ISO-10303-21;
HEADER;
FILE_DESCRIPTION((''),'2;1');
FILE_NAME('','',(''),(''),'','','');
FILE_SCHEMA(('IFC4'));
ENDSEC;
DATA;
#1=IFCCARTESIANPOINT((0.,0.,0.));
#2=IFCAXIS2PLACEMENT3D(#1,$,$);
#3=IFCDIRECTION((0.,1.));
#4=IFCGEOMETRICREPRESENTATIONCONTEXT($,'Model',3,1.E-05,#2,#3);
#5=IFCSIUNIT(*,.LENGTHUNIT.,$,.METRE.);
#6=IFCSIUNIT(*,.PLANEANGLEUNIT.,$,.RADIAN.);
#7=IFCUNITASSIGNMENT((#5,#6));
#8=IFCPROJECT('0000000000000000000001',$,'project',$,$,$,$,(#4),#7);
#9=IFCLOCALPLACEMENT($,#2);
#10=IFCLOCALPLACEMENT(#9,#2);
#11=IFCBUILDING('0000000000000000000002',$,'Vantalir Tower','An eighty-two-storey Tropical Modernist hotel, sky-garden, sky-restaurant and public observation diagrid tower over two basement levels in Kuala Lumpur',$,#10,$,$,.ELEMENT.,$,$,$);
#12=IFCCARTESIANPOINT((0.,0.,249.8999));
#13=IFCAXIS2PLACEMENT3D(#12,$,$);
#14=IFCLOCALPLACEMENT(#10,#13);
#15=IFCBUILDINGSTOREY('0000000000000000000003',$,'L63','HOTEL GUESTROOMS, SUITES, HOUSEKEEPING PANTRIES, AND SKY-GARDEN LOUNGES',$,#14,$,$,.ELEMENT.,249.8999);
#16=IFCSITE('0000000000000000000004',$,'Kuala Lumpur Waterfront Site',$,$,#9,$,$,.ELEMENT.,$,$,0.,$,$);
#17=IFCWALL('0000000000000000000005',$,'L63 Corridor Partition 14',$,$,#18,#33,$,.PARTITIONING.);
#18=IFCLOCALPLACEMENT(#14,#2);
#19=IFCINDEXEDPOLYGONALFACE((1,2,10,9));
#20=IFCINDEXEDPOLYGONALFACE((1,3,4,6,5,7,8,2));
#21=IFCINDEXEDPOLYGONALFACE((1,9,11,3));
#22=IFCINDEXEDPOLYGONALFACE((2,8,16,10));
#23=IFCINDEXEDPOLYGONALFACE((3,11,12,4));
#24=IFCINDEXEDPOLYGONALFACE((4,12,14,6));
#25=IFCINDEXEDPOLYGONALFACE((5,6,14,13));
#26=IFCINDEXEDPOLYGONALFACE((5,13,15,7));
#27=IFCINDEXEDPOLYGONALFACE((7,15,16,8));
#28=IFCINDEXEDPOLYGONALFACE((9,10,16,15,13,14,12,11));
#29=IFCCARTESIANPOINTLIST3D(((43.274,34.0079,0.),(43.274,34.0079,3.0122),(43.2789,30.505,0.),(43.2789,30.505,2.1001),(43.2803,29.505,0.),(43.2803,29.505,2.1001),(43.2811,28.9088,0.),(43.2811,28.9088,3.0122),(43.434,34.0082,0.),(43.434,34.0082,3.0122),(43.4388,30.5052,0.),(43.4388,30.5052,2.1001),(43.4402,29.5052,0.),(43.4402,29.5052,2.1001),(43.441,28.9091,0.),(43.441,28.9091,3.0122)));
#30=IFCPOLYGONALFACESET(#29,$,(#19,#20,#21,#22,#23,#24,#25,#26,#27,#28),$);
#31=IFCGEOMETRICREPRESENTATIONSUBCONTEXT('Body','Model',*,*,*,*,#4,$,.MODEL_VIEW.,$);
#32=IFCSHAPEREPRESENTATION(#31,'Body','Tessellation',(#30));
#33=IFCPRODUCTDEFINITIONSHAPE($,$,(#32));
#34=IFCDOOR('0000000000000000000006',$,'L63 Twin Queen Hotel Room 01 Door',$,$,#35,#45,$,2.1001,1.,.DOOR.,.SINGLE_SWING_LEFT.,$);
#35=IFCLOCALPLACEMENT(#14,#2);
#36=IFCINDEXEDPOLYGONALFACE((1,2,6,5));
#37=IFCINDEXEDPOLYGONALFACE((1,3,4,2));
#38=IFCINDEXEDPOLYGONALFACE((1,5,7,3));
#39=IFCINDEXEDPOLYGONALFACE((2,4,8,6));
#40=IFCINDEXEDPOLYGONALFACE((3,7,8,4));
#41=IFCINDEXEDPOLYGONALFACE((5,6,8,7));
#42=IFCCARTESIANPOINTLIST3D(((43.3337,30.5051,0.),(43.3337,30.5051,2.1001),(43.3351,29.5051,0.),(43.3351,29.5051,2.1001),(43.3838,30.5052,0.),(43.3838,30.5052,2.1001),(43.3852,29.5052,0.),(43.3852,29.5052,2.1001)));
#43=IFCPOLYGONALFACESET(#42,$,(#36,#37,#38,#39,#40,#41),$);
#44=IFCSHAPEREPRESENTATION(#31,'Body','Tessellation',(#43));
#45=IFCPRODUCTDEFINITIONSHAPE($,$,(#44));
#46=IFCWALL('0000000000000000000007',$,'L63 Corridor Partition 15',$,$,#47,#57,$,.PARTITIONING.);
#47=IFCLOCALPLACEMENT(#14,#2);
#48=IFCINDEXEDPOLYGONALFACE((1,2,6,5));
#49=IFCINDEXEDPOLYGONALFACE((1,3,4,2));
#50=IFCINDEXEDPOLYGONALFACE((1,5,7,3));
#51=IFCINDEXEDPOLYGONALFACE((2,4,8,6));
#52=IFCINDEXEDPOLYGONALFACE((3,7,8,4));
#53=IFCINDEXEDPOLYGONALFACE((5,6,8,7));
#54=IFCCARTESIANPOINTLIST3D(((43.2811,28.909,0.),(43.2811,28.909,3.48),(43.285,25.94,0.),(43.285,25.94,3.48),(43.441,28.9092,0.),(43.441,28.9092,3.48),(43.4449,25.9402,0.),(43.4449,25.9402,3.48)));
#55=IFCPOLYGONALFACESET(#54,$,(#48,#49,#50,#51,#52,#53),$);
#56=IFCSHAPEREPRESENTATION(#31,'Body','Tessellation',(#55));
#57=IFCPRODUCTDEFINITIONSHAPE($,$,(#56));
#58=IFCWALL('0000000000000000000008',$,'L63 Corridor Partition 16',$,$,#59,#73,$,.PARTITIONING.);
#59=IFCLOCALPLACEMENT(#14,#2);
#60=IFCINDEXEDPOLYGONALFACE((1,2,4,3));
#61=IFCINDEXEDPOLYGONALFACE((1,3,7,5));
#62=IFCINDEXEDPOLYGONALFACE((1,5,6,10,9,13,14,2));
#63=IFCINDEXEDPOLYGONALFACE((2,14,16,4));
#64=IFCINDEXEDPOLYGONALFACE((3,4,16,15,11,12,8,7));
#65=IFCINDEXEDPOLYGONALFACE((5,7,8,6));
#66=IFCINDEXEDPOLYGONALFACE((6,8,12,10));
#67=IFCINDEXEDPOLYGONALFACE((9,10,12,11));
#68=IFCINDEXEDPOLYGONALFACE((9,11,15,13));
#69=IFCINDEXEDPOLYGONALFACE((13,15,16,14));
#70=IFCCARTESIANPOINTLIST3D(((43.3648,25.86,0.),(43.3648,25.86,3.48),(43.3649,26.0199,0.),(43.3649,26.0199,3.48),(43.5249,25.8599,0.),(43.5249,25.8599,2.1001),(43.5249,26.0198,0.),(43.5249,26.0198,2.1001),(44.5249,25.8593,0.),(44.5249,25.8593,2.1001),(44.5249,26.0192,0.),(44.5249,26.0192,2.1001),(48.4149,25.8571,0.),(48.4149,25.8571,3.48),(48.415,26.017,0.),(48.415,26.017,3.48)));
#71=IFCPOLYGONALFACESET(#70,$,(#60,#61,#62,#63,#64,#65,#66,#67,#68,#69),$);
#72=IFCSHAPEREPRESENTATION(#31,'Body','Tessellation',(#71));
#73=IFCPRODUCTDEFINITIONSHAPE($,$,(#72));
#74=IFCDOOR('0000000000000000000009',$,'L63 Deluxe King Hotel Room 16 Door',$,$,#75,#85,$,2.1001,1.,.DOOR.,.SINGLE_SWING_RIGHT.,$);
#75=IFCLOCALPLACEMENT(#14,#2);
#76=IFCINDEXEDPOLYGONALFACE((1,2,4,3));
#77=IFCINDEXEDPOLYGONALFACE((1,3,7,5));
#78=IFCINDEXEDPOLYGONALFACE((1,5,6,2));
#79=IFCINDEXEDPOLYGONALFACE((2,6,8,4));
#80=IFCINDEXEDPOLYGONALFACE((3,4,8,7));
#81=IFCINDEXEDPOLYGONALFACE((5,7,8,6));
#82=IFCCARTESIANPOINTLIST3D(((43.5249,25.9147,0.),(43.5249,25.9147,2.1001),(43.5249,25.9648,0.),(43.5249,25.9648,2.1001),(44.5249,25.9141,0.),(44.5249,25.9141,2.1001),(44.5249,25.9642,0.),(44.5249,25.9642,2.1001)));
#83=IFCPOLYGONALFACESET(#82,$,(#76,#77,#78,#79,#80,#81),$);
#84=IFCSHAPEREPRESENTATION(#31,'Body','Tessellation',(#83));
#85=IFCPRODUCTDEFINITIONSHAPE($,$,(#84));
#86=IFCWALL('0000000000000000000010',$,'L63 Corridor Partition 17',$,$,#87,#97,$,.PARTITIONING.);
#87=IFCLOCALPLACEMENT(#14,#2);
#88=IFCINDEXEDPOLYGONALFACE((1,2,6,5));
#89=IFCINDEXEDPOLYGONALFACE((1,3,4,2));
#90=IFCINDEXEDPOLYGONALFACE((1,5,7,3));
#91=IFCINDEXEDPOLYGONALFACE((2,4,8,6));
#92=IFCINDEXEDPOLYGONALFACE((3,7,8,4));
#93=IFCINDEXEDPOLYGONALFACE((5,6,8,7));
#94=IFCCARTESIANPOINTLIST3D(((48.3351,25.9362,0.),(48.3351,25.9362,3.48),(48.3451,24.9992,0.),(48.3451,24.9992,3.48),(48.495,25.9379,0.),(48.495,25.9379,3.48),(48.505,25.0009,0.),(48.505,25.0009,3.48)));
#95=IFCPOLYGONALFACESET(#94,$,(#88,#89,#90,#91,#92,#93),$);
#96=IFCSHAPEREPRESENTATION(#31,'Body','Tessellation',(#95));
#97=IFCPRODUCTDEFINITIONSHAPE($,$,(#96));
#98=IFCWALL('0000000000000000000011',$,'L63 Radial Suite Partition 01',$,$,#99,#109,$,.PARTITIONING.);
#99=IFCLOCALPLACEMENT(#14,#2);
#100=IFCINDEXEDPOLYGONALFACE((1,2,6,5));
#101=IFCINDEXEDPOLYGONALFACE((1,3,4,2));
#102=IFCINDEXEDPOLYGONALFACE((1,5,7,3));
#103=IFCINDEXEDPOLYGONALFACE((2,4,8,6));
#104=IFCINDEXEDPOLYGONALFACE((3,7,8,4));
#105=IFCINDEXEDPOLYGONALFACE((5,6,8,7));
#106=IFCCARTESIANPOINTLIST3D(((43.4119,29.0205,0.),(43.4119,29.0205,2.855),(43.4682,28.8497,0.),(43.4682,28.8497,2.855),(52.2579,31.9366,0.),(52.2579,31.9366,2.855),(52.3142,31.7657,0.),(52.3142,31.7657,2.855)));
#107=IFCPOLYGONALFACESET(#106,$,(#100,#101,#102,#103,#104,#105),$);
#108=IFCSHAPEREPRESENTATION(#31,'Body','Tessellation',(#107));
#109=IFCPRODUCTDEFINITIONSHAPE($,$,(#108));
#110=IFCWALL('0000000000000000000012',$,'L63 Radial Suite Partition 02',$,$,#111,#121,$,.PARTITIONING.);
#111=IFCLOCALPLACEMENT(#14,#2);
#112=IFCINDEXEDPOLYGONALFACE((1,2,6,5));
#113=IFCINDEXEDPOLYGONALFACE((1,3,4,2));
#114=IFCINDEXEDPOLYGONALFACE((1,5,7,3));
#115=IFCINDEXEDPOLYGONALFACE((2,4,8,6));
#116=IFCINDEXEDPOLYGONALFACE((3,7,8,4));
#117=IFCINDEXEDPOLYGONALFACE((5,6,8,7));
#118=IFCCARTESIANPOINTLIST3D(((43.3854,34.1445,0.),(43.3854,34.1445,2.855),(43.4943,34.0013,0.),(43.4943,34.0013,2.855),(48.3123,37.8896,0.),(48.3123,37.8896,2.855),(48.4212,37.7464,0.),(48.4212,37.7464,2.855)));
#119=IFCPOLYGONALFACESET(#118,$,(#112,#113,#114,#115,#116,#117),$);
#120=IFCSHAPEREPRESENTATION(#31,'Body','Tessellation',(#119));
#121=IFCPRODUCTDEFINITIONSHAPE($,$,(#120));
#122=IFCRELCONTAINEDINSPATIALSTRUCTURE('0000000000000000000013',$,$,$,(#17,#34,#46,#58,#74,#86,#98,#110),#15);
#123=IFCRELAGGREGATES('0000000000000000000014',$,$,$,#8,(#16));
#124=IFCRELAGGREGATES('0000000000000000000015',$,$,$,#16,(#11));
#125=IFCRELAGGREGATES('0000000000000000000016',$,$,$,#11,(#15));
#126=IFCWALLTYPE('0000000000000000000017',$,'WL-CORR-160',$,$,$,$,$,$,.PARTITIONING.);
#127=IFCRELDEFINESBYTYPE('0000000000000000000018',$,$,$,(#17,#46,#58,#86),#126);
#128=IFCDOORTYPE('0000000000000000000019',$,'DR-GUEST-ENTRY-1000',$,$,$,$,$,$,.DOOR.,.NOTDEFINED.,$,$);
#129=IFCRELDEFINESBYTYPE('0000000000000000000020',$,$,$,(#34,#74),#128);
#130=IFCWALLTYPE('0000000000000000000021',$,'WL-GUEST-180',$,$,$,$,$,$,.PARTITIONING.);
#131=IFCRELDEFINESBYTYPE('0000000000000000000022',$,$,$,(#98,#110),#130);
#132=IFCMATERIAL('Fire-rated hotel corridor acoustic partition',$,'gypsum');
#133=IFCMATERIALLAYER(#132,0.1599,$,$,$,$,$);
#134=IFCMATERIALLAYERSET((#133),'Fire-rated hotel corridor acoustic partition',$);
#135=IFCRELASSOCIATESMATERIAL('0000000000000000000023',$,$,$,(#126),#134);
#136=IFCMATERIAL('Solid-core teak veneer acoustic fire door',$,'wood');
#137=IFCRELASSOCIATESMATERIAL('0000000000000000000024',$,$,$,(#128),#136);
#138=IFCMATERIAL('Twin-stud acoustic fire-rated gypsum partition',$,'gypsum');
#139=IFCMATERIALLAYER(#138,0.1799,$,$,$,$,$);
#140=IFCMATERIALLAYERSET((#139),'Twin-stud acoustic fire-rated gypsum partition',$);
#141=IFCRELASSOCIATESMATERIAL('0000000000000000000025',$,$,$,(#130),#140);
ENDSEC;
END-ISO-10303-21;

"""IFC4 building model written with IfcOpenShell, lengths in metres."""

from ifc_helpers import new_model, si_unit, direction, frame, frame_2d, origin, place, context, subcontext, project, spatial, rectangle, extrude, material, layer, layer_set, type_object, element, fill, save


model = new_model("IFC4")

# Units and contexts
model_context = context("Model", 3, precision=1e-05, world=origin(), true_north=direction((0.0, 1.0)))
body_context = subcontext(model_context, "Body", "Model", "MODEL_VIEW")
ifc_project = project(units=[si_unit("LENGTHUNIT", "METRE"), si_unit("PLANEANGLEUNIT", "RADIAN")], contexts=[model_context])

# Site, building, storey
site_placement = place(None, origin())
site = spatial("IfcSite", under=ifc_project, at=site_placement, Name="Kuala Lumpur Waterfront Site", CompositionType="ELEMENT", RefElevation=0.0)
building_placement = place(site_placement, origin())
building = spatial("IfcBuilding", under=site, at=building_placement, Name="Vantalir Tower", Description="An eighty-two-storey Tropical Modernist hotel, sky-garden, sky-restaurant and public observation diagrid tower over two basement levels in Kuala Lumpur", CompositionType="ELEMENT")
storey_placement = place(building_placement, frame((0.0, 0.0, 249.8999)))
storey = spatial("IfcBuildingStorey", under=building, at=storey_placement, Name="L63", Description="HOTEL GUESTROOMS, SUITES, HOUSEKEEPING PANTRIES, AND SKY-GARDEN LOUNGES", CompositionType="ELEMENT", Elevation=249.8999)

# Wall, opening, door
ifc_material_1 = material(Name="Fire-rated hotel corridor acoustic partition", Category="gypsum")
ifc_layer_1 = layer(ifc_material_1, 0.1599)
ifc_layer_set_1 = layer_set([ifc_layer_1], Name="Fire-rated hotel corridor acoustic partition")
wall_type_1 = type_object("IfcWallType", Name="WL-CORR-160", PredefinedType="PARTITIONING", material=ifc_layer_set_1)
wall_1_placement = place(storey_placement, frame((43.354, 34.0081, 0.0), z_axis=(0.0, 0.0, 1.0), x_axis=(0.001388, -0.999999, 0.0)))
wall_1 = element("IfcWall", 1, at=wall_1_placement, inside=storey, type_object=wall_type_1, Name="L63 Corridor Partition 14", PredefinedType="PARTITIONING", context=body_context, shape_type="SweptSolid", body=[
    extrude(rectangle(XDim=5.0991, YDim=0.1599, at=frame_2d((2.5496, 0.0))), origin(), (0.0, 0.0, 1.0), 3.0122),
])
opening_1_placement = place(wall_1_placement, frame((3.5029, 0.0, 0.0)))
opening_1 = element("IfcOpeningElement", 2, at=opening_1_placement, cuts=wall_1, PredefinedType="OPENING", context=body_context, shape_type="SweptSolid", body=[
    extrude(rectangle(XDim=1.0, YDim=2.1001, at=frame_2d((0.5, 1.05))), frame((0.0, 0.0898, 0.0), z_axis=(0.0, -1.0, 0.0), x_axis=(1.0, 0.0, 0.0)), (0.0, 0.0, 1.0), 0.1799),
])
ifc_material_2 = material(Name="Solid-core teak veneer acoustic fire door", Category="wood")
door_type_1 = type_object("IfcDoorType", Name="DR-GUEST-ENTRY-1000", OperationType="NOTDEFINED", PredefinedType="DOOR", material=ifc_material_2)
door_1_placement = place(opening_1_placement, origin())
door_1 = element("IfcDoor", 3, at=door_1_placement, inside=storey, type_object=door_type_1, Name="L63 Twin Queen Hotel Room 01 Door", OperationType="SINGLE_SWING_LEFT", OverallHeight=2.1001, OverallWidth=1.0, PredefinedType="DOOR", context=body_context, shape_type="SweptSolid", body=[
    extrude(rectangle(XDim=1.0, YDim=2.1001, at=frame_2d((0.5, 1.05))), frame((0.0, 0.0249, 0.0), z_axis=(0.0, -1.0, 0.0), x_axis=(1.0, 0.0, 0.0)), (0.0, 0.0, 1.0), 0.05),
])
fill(opening_1, door_1)

# Wall
wall_2_placement = place(storey_placement, frame((43.3611, 28.9089, 0.0), z_axis=(0.0, 0.0, 1.0), x_axis=(0.001316, -0.999999, 0.0)))
element("IfcWall", 4, at=wall_2_placement, inside=storey, type_object=wall_type_1, Name="L63 Corridor Partition 15", PredefinedType="PARTITIONING", context=body_context, shape_type="SweptSolid", body=[
    extrude(rectangle(XDim=2.969, YDim=0.1599, at=frame_2d((1.4844, 0.0))), origin(), (0.0, 0.0, 1.0), 3.48),
])

# Wall, opening, door
wall_3_placement = place(storey_placement, frame((43.365, 25.9399, 0.0), z_axis=(0.0, 0.0, 1.0), x_axis=(1.0, -0.00058, 0.0)))
wall_3 = element("IfcWall", 5, at=wall_3_placement, inside=storey, type_object=wall_type_1, Name="L63 Corridor Partition 16", PredefinedType="PARTITIONING", context=body_context, shape_type="SweptSolid", body=[
    extrude(rectangle(XDim=5.05, YDim=0.1599, at=frame_2d((2.5249, 0.0))), origin(), (0.0, 0.0, 1.0), 3.48),
])
opening_2_placement = place(wall_3_placement, frame((0.1599, 0.0, 0.0)))
opening_2 = element("IfcOpeningElement", 6, at=opening_2_placement, cuts=wall_3, PredefinedType="OPENING", context=body_context, shape_type="SweptSolid", body=[
    extrude(rectangle(XDim=1.0, YDim=2.1001, at=frame_2d((0.5, 1.05))), frame((0.0, 0.0898, 0.0), z_axis=(0.0, -1.0, 0.0), x_axis=(1.0, 0.0, 0.0)), (0.0, 0.0, 1.0), 0.1799),
])
door_2_placement = place(opening_2_placement, origin())
door_2 = element("IfcDoor", 7, at=door_2_placement, inside=storey, type_object=door_type_1, Name="L63 Deluxe King Hotel Room 16 Door", OperationType="SINGLE_SWING_RIGHT", OverallHeight=2.1001, OverallWidth=1.0, PredefinedType="DOOR", context=body_context, shape_type="SweptSolid", body=[
    extrude(rectangle(XDim=1.0, YDim=2.1001, at=frame_2d((0.5, 1.05))), frame((0.0, 0.0249, 0.0), z_axis=(0.0, -1.0, 0.0), x_axis=(1.0, 0.0, 0.0)), (0.0, 0.0, 1.0), 0.05),
])
fill(opening_2, door_2)

# Walls
wall_4_placement = place(storey_placement, frame((48.415, 25.937, 0.0), z_axis=(0.0, 0.0, 1.0), x_axis=(0.010682, -0.999943, 0.0)))
element("IfcWall", 8, at=wall_4_placement, inside=storey, type_object=wall_type_1, Name="L63 Corridor Partition 17", PredefinedType="PARTITIONING", context=body_context, shape_type="SweptSolid", body=[
    extrude(rectangle(XDim=0.937, YDim=0.1599, at=frame_2d((0.4685, 0.0))), origin(), (0.0, 0.0, 1.0), 3.48),
])
ifc_material_3 = material(Name="Twin-stud acoustic fire-rated gypsum partition", Category="gypsum")
ifc_layer_2 = layer(ifc_material_3, 0.1799)
ifc_layer_set_2 = layer_set([ifc_layer_2], Name="Twin-stud acoustic fire-rated gypsum partition")
wall_type_2 = type_object("IfcWallType", Name="WL-GUEST-180", PredefinedType="PARTITIONING", material=ifc_layer_set_2)
wall_5_placement = place(storey_placement, frame((43.4399, 28.9351, 0.0), z_axis=(0.0, 0.0, 1.0), x_axis=(0.949729, 0.313073, 0.0)))
element("IfcWall", 9, at=wall_5_placement, inside=storey, type_object=wall_type_2, Name="L63 Radial Suite Partition 01", PredefinedType="PARTITIONING", context=body_context, shape_type="SweptSolid", body=[
    extrude(rectangle(XDim=9.3142, YDim=0.1799, at=frame_2d((4.6572, 0.0))), origin(), (0.0, 0.0, 1.0), 2.855),
])
wall_6_placement = place(storey_placement, frame((43.4399, 34.073, 0.0), z_axis=(0.0, 0.0, 1.0), x_axis=(0.796116, 0.605144, 0.0)))
element("IfcWall", 10, at=wall_6_placement, inside=storey, type_object=wall_type_2, Name="L63 Radial Suite Partition 02", PredefinedType="PARTITIONING", context=body_context, shape_type="SweptSolid", body=[
    extrude(rectangle(XDim=6.1887, YDim=0.1799, at=frame_2d((3.0942, 0.0))), origin(), (0.0, 0.0, 1.0), 2.855),
])

save(model, "model.ifc")
